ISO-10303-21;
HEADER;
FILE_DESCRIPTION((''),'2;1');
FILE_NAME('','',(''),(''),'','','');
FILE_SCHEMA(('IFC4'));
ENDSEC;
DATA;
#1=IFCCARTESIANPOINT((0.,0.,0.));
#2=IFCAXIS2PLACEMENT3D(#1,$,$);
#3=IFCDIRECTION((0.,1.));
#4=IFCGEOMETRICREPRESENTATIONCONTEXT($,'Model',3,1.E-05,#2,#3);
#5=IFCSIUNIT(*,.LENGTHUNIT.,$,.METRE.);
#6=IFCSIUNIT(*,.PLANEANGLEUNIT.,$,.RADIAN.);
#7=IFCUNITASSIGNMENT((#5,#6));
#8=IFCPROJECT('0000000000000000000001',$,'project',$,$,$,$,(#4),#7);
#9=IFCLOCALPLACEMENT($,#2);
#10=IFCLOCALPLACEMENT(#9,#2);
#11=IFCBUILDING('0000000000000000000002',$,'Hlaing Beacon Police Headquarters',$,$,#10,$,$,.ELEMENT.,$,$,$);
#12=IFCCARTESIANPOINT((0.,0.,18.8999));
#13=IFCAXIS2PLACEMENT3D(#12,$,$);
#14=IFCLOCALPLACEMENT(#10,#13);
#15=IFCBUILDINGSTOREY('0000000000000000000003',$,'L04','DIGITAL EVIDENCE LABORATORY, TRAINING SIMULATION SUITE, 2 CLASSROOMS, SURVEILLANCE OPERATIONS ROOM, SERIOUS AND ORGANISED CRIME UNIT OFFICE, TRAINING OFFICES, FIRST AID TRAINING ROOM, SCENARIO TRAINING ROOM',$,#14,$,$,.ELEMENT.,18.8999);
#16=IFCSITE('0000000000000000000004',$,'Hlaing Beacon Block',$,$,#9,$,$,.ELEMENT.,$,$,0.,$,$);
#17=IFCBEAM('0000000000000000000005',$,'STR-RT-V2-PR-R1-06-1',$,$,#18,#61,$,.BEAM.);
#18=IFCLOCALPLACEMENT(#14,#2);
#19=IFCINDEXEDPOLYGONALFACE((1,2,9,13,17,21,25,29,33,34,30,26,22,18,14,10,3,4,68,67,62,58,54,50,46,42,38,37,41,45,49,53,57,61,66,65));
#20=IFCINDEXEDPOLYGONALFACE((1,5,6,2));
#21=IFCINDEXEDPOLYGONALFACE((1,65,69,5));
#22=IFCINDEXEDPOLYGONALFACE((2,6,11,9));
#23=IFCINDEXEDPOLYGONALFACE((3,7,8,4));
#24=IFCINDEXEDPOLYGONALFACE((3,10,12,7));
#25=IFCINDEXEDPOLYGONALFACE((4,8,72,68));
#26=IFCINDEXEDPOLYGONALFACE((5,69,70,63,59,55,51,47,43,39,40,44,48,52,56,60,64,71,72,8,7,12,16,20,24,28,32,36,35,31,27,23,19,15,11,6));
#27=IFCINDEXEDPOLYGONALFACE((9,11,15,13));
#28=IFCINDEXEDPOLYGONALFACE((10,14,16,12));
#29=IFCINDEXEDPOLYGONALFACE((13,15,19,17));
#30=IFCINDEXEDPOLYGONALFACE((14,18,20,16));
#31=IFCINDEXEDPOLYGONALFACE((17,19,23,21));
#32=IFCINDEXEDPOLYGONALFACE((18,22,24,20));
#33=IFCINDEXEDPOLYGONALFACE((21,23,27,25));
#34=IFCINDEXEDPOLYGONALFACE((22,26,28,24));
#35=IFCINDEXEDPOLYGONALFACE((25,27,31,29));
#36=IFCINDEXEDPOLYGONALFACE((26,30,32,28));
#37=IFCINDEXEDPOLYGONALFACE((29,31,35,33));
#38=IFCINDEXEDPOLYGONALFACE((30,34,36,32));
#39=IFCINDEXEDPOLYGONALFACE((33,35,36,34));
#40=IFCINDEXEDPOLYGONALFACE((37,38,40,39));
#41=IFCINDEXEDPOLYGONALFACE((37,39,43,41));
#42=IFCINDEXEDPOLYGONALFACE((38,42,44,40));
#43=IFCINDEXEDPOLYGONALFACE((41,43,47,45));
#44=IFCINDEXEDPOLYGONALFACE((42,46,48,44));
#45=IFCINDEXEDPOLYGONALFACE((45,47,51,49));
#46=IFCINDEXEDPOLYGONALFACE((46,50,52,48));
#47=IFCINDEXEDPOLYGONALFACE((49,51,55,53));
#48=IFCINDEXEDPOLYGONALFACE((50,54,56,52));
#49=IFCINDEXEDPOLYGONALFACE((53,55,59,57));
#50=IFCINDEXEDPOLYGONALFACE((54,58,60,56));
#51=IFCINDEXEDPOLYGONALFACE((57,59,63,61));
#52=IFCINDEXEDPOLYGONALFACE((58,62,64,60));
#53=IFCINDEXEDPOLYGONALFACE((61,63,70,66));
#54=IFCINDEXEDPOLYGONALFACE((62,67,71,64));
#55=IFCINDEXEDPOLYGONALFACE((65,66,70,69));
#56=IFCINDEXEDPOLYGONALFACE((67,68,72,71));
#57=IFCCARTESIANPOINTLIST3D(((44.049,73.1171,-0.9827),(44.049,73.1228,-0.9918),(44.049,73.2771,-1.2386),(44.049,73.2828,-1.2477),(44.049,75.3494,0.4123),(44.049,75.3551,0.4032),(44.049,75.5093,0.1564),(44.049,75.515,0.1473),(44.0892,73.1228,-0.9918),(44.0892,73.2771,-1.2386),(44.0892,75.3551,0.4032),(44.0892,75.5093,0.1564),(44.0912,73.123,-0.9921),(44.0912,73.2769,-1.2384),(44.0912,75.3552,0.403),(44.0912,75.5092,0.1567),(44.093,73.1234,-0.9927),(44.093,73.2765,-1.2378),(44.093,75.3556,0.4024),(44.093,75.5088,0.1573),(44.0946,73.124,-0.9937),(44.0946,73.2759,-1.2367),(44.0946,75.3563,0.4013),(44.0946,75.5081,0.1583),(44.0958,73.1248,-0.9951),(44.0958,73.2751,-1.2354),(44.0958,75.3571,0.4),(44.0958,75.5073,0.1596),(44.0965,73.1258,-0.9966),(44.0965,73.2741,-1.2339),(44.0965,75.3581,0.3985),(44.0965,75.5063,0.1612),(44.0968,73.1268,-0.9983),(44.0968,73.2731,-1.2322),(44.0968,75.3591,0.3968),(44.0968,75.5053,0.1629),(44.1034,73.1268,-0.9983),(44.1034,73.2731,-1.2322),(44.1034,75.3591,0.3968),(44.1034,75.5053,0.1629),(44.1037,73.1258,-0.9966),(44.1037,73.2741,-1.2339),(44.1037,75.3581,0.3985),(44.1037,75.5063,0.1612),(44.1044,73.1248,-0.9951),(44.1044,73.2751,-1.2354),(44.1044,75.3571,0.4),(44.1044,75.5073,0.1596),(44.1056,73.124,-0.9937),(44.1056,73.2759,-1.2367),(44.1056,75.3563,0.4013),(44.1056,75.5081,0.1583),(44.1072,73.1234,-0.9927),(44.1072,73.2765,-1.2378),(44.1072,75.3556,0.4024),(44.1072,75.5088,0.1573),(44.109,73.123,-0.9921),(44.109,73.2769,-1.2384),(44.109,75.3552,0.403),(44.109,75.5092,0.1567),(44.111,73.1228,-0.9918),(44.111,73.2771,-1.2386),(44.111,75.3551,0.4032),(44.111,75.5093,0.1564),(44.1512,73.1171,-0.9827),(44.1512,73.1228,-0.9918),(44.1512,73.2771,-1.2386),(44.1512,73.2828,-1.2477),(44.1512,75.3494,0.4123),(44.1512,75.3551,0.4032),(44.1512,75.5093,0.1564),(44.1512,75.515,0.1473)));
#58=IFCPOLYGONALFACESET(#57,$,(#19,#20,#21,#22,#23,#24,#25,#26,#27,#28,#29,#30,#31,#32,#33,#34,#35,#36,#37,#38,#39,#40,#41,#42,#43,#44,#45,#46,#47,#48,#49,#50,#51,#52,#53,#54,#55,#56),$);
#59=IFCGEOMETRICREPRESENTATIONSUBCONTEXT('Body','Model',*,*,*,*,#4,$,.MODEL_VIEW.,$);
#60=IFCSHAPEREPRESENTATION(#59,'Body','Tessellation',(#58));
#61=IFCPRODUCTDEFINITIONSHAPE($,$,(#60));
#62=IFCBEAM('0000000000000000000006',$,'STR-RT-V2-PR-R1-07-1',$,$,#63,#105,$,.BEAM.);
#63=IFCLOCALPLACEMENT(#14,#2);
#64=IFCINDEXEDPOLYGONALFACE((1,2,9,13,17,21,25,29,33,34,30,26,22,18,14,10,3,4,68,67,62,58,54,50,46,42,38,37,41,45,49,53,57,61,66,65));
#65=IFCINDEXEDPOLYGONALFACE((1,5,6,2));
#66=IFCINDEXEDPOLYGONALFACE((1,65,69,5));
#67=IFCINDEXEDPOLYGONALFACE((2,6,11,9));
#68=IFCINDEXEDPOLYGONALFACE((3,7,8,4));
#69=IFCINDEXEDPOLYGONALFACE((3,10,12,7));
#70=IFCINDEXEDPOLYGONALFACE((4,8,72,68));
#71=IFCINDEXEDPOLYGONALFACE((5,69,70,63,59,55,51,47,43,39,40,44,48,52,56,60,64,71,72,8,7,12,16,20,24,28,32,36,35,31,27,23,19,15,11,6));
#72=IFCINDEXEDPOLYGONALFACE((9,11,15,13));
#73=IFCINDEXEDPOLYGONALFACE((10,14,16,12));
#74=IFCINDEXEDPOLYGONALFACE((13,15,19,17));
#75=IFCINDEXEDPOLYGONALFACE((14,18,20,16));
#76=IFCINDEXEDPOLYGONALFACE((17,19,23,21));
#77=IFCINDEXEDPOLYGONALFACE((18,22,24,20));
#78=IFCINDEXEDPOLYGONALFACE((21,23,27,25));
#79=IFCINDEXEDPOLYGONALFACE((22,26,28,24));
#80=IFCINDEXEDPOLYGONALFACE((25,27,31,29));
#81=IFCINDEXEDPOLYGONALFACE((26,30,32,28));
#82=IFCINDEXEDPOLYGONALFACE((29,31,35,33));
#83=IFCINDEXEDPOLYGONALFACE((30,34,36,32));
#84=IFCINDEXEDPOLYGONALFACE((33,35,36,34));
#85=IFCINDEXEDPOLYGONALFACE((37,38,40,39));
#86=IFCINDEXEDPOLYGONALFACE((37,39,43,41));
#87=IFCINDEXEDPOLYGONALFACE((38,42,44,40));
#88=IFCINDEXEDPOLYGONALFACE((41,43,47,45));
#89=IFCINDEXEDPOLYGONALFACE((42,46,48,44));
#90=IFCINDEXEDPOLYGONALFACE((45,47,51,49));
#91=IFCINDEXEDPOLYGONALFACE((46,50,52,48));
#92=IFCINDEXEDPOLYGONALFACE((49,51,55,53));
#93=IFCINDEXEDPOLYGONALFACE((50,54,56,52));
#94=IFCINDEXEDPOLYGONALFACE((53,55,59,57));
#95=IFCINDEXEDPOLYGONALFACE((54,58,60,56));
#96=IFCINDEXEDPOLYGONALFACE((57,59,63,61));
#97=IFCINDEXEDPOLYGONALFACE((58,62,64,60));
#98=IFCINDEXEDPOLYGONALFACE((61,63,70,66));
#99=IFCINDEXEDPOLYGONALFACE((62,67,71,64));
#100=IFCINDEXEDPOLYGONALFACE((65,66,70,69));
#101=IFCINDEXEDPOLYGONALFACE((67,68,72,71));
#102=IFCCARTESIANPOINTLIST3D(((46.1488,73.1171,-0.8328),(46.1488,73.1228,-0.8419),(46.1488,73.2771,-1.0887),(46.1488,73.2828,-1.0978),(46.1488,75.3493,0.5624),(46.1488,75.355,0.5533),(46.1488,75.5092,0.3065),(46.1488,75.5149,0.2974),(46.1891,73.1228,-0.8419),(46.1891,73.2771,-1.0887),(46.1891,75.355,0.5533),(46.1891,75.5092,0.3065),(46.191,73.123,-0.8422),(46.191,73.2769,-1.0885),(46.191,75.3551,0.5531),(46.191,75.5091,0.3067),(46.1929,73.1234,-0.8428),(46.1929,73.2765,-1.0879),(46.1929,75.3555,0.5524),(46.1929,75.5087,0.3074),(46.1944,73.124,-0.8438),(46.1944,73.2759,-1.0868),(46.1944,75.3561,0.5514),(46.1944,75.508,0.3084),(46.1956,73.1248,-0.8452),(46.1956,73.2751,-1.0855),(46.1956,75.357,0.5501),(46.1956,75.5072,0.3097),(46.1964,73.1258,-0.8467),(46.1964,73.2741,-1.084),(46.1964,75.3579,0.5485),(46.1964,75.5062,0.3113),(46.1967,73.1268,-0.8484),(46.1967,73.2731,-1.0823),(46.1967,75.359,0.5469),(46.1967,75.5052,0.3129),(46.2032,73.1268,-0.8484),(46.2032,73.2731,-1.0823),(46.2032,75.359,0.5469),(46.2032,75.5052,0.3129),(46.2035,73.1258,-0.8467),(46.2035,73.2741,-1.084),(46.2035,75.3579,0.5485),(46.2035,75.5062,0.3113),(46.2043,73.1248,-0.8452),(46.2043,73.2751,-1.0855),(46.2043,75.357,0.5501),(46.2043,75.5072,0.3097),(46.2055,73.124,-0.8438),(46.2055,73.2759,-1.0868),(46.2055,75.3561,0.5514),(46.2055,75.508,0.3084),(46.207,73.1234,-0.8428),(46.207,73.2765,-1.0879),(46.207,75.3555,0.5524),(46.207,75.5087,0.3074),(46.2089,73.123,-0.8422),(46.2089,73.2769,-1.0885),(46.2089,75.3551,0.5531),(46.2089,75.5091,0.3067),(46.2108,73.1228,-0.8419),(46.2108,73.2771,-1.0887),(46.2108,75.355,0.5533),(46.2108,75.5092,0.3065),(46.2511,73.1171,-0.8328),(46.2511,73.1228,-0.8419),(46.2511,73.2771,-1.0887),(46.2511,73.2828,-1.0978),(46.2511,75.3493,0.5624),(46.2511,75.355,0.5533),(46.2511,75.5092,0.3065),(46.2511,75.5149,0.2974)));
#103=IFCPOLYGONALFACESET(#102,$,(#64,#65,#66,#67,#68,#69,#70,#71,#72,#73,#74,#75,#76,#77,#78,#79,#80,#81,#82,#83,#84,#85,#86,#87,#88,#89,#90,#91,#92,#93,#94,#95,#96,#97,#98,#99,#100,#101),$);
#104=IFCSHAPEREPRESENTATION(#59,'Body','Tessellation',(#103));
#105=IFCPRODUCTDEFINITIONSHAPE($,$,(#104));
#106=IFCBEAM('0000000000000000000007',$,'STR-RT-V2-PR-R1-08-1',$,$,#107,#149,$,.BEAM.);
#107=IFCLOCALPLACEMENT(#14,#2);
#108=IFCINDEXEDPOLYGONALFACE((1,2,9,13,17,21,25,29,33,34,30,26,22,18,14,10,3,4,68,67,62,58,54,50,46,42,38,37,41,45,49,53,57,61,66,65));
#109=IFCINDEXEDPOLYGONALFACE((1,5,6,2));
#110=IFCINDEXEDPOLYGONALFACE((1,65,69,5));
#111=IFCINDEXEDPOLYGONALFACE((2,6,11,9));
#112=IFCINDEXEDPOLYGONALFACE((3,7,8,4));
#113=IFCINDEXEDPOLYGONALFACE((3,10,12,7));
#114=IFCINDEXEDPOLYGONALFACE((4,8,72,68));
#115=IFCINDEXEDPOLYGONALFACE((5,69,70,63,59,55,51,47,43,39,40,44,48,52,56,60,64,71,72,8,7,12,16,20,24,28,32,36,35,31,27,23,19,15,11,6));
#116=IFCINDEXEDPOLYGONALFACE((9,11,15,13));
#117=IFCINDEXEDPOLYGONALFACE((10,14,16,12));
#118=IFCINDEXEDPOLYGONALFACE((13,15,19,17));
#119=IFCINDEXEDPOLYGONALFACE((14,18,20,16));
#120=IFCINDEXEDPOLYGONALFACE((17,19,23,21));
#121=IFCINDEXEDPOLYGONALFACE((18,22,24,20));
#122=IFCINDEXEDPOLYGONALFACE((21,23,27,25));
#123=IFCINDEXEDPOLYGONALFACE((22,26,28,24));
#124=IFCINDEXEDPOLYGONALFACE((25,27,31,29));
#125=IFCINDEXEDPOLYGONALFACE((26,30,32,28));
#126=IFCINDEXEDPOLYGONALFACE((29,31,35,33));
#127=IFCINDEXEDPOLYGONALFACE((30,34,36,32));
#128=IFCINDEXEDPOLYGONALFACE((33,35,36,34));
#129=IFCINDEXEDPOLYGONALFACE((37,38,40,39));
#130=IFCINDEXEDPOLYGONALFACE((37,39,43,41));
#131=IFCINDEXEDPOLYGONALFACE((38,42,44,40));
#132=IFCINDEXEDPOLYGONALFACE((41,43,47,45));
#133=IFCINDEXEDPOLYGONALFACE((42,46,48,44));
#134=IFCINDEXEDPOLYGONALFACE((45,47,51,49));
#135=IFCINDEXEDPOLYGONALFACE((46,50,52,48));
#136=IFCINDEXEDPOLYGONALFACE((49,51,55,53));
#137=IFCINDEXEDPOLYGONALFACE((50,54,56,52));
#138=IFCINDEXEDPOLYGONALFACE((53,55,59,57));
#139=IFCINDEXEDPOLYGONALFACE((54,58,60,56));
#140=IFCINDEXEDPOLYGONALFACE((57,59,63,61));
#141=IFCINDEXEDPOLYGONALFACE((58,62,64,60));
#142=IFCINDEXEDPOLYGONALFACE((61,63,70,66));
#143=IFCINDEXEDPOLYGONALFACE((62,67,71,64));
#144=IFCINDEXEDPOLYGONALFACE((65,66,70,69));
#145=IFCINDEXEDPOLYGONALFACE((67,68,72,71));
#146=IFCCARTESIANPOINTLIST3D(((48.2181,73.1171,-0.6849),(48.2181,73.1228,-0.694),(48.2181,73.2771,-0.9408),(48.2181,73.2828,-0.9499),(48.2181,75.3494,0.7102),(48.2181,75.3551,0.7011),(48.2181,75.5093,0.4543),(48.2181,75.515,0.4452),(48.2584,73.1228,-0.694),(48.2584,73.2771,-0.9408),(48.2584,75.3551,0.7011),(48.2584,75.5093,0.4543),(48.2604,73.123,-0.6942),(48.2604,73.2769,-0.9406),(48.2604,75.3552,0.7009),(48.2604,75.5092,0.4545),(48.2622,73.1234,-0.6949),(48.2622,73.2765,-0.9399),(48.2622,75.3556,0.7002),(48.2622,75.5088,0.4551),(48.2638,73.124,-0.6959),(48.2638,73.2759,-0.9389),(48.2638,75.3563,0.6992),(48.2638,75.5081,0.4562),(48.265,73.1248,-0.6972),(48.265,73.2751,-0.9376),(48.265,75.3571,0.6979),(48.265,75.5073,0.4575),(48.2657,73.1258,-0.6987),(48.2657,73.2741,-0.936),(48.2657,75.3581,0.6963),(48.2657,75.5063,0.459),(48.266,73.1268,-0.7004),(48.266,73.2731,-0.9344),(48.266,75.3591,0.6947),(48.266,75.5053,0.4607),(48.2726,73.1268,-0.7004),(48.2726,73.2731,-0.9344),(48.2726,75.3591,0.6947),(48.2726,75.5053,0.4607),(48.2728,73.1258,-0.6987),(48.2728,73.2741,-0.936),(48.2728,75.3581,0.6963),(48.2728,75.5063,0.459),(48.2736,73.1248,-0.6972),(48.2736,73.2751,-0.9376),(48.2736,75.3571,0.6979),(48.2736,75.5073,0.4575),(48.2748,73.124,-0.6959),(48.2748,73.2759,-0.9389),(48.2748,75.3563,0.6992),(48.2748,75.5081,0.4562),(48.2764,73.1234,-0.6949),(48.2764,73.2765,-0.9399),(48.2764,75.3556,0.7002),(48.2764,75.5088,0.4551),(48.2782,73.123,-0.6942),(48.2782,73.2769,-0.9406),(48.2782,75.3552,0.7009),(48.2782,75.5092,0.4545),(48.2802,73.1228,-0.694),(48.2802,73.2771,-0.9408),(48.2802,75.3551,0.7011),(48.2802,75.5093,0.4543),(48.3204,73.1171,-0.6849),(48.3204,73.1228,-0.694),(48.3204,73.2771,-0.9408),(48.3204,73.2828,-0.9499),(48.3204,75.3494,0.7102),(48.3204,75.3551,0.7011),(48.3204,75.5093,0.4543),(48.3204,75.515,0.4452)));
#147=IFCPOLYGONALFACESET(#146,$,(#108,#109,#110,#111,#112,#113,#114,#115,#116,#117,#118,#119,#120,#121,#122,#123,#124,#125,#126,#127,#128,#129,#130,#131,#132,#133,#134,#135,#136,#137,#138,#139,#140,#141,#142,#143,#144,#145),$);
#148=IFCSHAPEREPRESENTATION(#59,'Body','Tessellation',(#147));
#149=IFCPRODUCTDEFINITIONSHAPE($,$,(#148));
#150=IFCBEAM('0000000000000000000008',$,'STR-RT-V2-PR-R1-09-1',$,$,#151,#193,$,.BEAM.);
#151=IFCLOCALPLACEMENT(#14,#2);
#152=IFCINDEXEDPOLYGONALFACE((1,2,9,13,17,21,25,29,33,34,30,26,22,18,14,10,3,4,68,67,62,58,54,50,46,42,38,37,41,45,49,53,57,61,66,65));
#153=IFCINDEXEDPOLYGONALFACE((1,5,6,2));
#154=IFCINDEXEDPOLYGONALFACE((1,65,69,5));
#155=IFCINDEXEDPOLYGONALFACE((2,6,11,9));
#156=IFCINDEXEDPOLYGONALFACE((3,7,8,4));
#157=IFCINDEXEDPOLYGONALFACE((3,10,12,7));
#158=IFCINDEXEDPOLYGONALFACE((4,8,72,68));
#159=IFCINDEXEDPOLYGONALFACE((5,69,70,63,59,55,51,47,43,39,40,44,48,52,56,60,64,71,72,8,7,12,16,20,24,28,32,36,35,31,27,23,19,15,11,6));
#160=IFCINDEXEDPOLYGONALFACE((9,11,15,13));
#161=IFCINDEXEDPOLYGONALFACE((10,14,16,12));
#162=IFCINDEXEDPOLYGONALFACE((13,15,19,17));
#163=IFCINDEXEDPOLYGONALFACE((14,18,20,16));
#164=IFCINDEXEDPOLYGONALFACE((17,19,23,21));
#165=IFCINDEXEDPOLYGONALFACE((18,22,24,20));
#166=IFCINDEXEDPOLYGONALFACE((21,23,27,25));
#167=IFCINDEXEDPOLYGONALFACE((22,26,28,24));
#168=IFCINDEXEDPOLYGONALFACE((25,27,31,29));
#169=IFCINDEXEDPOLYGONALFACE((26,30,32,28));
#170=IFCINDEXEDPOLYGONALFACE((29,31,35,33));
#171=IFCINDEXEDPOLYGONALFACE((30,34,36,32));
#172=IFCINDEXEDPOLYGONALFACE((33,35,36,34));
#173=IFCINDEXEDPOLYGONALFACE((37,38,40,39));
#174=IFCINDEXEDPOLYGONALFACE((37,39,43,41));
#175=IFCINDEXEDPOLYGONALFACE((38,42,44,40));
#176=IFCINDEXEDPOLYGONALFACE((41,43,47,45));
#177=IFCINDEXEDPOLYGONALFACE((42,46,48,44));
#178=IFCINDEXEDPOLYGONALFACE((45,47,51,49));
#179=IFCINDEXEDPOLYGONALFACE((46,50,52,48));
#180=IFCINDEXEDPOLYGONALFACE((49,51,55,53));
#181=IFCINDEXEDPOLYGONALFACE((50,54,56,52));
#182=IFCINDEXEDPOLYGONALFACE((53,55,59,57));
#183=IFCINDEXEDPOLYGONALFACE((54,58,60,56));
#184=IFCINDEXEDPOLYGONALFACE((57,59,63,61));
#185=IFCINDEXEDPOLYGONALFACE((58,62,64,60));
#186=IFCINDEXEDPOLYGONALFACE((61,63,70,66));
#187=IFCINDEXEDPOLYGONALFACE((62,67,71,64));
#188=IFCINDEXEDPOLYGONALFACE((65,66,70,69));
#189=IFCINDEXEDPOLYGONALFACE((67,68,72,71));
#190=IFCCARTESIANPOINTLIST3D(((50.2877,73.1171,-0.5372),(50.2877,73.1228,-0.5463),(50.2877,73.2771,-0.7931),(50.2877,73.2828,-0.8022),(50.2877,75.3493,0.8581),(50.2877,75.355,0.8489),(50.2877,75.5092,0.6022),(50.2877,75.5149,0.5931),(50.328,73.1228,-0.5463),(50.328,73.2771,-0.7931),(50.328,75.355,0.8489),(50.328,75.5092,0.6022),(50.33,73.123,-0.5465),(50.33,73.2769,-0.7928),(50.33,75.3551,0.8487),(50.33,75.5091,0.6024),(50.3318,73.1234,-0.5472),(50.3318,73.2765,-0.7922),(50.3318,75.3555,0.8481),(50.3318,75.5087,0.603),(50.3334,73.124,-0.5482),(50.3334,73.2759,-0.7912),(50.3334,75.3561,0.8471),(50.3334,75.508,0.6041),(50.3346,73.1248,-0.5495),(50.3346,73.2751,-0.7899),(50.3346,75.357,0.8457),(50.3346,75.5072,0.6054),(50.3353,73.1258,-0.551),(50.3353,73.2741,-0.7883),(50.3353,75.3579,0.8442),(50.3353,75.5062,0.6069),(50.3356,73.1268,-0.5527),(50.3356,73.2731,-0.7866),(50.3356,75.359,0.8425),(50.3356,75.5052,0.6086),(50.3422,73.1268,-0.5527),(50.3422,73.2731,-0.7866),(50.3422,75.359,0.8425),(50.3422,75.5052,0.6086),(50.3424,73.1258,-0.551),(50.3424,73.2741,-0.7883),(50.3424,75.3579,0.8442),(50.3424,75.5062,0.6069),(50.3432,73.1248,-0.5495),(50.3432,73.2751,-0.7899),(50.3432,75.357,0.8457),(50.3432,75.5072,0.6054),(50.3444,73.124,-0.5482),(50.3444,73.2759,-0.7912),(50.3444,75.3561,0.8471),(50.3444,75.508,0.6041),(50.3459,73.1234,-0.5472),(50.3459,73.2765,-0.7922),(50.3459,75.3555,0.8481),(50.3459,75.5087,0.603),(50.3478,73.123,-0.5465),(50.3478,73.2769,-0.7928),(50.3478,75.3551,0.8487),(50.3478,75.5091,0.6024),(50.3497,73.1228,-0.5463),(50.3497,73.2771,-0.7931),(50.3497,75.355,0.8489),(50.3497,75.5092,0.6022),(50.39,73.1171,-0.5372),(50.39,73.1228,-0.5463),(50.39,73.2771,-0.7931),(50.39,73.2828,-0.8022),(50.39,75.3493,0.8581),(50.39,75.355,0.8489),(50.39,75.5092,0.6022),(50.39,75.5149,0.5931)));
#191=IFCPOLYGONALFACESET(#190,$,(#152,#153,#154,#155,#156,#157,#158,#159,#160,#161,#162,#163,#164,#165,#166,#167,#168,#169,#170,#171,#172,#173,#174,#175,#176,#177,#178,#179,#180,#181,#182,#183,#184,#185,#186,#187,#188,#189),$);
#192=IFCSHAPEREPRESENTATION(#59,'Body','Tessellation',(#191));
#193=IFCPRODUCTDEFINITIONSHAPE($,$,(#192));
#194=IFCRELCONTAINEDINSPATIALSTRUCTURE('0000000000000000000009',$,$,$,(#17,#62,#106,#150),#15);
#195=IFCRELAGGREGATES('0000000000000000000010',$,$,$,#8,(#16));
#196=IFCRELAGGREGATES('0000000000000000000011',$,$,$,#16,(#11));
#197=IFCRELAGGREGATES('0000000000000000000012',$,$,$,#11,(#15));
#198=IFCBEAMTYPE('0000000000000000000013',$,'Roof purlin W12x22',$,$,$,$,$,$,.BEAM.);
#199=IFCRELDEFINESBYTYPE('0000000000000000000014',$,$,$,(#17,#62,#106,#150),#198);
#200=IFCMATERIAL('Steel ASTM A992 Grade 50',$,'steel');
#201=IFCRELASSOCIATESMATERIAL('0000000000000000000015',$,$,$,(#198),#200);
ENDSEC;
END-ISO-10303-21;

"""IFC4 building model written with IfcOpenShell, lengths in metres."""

from ifc_helpers import new_model, si_unit, direction, frame, origin, origin_2d, place, context, subcontext, project, spatial, i_section, extrude, material, material_profile, profile_set, type_object, element, save


model = new_model("IFC4")

# Units and contexts
model_context = context("Model", 3, precision=1e-05, world=origin(), true_north=direction((0.0, 1.0)))
body_context = subcontext(model_context, "Body", "Model", "MODEL_VIEW")
ifc_project = project(units=[si_unit("LENGTHUNIT", "METRE"), si_unit("PLANEANGLEUNIT", "RADIAN")], contexts=[model_context])

# Site, building, storey
site_placement = place(None, origin())
site = spatial("IfcSite", under=ifc_project, at=site_placement, Name="Hlaing Beacon Block", CompositionType="ELEMENT", RefElevation=0.0)
building_placement = place(site_placement, origin())
building = spatial("IfcBuilding", under=site, at=building_placement, Name="Hlaing Beacon Police Headquarters", CompositionType="ELEMENT")
storey_placement = place(building_placement, frame((0.0, 0.0, 18.8999)))
storey = spatial("IfcBuildingStorey", under=building, at=storey_placement, Name="L04", Description="DIGITAL EVIDENCE LABORATORY, TRAINING SIMULATION SUITE, 2 CLASSROOMS, SURVEILLANCE OPERATIONS ROOM, SERIOUS AND ORGANISED CRIME UNIT OFFICE, TRAINING OFFICES, FIRST AID TRAINING ROOM, SCENARIO TRAINING ROOM", CompositionType="ELEMENT", Elevation=18.8999)

# Beams
ifc_material_1 = material(Name="Steel ASTM A992 Grade 50", Category="steel")
ifc_material_profile_1 = material_profile(ifc_material_1, i_section(OverallWidth=0.1023, OverallDepth=0.3125, WebThickness=0.0066, FlangeThickness=0.0107, FilletRadius=0.0076, at=origin_2d()), Name="W12x22")
ifc_profile_set_1 = profile_set([ifc_material_profile_1], Name="Steel ASTM A992 Grade 50")
beam_type_1 = type_object("IfcBeamType", Name="Roof purlin W12x22", PredefinedType="BEAM", material=ifc_profile_set_1)
for number, where, z_axis, x_axis, name in (
    (1, (44.1001, 73.2, -1.1152), (0.0, 0.848014, 0.529974), (-1.0, 0.0, 0.0), "STR-RT-V2-PR-R1-06-1"),
    (2, (46.2, 73.2, -0.9653), (0.0, 0.847972, 0.530041), (-1.0, 0.0, 0.0), "STR-RT-V2-PR-R1-07-1"),
    (3, (48.2693, 73.2, -0.8174), (0.0, 0.848014, 0.529974), (-1.0, 0.0, 0.0), "STR-RT-V2-PR-R1-08-1"),
    (4, (50.3389, 73.2, -0.6697), (0.0, 0.847972, 0.530041), (-1.0, 0.0, 0.0), "STR-RT-V2-PR-R1-09-1"),
):
    element("IfcBeam", number, at=place(storey_placement, frame(where, z_axis=z_axis, x_axis=x_axis)), inside=storey, type_object=beam_type_1, Name=name, PredefinedType="BEAM", context=body_context, shape_type="SweptSolid", body=[
        extrude(i_section(OverallWidth=0.1023, OverallDepth=0.3125, WebThickness=0.0066, FlangeThickness=0.0107, FilletRadius=0.0076, at=origin_2d()), origin(), (0.0, 0.0, 1.0), 2.6323),
    ])

save(model, "model.ifc")
